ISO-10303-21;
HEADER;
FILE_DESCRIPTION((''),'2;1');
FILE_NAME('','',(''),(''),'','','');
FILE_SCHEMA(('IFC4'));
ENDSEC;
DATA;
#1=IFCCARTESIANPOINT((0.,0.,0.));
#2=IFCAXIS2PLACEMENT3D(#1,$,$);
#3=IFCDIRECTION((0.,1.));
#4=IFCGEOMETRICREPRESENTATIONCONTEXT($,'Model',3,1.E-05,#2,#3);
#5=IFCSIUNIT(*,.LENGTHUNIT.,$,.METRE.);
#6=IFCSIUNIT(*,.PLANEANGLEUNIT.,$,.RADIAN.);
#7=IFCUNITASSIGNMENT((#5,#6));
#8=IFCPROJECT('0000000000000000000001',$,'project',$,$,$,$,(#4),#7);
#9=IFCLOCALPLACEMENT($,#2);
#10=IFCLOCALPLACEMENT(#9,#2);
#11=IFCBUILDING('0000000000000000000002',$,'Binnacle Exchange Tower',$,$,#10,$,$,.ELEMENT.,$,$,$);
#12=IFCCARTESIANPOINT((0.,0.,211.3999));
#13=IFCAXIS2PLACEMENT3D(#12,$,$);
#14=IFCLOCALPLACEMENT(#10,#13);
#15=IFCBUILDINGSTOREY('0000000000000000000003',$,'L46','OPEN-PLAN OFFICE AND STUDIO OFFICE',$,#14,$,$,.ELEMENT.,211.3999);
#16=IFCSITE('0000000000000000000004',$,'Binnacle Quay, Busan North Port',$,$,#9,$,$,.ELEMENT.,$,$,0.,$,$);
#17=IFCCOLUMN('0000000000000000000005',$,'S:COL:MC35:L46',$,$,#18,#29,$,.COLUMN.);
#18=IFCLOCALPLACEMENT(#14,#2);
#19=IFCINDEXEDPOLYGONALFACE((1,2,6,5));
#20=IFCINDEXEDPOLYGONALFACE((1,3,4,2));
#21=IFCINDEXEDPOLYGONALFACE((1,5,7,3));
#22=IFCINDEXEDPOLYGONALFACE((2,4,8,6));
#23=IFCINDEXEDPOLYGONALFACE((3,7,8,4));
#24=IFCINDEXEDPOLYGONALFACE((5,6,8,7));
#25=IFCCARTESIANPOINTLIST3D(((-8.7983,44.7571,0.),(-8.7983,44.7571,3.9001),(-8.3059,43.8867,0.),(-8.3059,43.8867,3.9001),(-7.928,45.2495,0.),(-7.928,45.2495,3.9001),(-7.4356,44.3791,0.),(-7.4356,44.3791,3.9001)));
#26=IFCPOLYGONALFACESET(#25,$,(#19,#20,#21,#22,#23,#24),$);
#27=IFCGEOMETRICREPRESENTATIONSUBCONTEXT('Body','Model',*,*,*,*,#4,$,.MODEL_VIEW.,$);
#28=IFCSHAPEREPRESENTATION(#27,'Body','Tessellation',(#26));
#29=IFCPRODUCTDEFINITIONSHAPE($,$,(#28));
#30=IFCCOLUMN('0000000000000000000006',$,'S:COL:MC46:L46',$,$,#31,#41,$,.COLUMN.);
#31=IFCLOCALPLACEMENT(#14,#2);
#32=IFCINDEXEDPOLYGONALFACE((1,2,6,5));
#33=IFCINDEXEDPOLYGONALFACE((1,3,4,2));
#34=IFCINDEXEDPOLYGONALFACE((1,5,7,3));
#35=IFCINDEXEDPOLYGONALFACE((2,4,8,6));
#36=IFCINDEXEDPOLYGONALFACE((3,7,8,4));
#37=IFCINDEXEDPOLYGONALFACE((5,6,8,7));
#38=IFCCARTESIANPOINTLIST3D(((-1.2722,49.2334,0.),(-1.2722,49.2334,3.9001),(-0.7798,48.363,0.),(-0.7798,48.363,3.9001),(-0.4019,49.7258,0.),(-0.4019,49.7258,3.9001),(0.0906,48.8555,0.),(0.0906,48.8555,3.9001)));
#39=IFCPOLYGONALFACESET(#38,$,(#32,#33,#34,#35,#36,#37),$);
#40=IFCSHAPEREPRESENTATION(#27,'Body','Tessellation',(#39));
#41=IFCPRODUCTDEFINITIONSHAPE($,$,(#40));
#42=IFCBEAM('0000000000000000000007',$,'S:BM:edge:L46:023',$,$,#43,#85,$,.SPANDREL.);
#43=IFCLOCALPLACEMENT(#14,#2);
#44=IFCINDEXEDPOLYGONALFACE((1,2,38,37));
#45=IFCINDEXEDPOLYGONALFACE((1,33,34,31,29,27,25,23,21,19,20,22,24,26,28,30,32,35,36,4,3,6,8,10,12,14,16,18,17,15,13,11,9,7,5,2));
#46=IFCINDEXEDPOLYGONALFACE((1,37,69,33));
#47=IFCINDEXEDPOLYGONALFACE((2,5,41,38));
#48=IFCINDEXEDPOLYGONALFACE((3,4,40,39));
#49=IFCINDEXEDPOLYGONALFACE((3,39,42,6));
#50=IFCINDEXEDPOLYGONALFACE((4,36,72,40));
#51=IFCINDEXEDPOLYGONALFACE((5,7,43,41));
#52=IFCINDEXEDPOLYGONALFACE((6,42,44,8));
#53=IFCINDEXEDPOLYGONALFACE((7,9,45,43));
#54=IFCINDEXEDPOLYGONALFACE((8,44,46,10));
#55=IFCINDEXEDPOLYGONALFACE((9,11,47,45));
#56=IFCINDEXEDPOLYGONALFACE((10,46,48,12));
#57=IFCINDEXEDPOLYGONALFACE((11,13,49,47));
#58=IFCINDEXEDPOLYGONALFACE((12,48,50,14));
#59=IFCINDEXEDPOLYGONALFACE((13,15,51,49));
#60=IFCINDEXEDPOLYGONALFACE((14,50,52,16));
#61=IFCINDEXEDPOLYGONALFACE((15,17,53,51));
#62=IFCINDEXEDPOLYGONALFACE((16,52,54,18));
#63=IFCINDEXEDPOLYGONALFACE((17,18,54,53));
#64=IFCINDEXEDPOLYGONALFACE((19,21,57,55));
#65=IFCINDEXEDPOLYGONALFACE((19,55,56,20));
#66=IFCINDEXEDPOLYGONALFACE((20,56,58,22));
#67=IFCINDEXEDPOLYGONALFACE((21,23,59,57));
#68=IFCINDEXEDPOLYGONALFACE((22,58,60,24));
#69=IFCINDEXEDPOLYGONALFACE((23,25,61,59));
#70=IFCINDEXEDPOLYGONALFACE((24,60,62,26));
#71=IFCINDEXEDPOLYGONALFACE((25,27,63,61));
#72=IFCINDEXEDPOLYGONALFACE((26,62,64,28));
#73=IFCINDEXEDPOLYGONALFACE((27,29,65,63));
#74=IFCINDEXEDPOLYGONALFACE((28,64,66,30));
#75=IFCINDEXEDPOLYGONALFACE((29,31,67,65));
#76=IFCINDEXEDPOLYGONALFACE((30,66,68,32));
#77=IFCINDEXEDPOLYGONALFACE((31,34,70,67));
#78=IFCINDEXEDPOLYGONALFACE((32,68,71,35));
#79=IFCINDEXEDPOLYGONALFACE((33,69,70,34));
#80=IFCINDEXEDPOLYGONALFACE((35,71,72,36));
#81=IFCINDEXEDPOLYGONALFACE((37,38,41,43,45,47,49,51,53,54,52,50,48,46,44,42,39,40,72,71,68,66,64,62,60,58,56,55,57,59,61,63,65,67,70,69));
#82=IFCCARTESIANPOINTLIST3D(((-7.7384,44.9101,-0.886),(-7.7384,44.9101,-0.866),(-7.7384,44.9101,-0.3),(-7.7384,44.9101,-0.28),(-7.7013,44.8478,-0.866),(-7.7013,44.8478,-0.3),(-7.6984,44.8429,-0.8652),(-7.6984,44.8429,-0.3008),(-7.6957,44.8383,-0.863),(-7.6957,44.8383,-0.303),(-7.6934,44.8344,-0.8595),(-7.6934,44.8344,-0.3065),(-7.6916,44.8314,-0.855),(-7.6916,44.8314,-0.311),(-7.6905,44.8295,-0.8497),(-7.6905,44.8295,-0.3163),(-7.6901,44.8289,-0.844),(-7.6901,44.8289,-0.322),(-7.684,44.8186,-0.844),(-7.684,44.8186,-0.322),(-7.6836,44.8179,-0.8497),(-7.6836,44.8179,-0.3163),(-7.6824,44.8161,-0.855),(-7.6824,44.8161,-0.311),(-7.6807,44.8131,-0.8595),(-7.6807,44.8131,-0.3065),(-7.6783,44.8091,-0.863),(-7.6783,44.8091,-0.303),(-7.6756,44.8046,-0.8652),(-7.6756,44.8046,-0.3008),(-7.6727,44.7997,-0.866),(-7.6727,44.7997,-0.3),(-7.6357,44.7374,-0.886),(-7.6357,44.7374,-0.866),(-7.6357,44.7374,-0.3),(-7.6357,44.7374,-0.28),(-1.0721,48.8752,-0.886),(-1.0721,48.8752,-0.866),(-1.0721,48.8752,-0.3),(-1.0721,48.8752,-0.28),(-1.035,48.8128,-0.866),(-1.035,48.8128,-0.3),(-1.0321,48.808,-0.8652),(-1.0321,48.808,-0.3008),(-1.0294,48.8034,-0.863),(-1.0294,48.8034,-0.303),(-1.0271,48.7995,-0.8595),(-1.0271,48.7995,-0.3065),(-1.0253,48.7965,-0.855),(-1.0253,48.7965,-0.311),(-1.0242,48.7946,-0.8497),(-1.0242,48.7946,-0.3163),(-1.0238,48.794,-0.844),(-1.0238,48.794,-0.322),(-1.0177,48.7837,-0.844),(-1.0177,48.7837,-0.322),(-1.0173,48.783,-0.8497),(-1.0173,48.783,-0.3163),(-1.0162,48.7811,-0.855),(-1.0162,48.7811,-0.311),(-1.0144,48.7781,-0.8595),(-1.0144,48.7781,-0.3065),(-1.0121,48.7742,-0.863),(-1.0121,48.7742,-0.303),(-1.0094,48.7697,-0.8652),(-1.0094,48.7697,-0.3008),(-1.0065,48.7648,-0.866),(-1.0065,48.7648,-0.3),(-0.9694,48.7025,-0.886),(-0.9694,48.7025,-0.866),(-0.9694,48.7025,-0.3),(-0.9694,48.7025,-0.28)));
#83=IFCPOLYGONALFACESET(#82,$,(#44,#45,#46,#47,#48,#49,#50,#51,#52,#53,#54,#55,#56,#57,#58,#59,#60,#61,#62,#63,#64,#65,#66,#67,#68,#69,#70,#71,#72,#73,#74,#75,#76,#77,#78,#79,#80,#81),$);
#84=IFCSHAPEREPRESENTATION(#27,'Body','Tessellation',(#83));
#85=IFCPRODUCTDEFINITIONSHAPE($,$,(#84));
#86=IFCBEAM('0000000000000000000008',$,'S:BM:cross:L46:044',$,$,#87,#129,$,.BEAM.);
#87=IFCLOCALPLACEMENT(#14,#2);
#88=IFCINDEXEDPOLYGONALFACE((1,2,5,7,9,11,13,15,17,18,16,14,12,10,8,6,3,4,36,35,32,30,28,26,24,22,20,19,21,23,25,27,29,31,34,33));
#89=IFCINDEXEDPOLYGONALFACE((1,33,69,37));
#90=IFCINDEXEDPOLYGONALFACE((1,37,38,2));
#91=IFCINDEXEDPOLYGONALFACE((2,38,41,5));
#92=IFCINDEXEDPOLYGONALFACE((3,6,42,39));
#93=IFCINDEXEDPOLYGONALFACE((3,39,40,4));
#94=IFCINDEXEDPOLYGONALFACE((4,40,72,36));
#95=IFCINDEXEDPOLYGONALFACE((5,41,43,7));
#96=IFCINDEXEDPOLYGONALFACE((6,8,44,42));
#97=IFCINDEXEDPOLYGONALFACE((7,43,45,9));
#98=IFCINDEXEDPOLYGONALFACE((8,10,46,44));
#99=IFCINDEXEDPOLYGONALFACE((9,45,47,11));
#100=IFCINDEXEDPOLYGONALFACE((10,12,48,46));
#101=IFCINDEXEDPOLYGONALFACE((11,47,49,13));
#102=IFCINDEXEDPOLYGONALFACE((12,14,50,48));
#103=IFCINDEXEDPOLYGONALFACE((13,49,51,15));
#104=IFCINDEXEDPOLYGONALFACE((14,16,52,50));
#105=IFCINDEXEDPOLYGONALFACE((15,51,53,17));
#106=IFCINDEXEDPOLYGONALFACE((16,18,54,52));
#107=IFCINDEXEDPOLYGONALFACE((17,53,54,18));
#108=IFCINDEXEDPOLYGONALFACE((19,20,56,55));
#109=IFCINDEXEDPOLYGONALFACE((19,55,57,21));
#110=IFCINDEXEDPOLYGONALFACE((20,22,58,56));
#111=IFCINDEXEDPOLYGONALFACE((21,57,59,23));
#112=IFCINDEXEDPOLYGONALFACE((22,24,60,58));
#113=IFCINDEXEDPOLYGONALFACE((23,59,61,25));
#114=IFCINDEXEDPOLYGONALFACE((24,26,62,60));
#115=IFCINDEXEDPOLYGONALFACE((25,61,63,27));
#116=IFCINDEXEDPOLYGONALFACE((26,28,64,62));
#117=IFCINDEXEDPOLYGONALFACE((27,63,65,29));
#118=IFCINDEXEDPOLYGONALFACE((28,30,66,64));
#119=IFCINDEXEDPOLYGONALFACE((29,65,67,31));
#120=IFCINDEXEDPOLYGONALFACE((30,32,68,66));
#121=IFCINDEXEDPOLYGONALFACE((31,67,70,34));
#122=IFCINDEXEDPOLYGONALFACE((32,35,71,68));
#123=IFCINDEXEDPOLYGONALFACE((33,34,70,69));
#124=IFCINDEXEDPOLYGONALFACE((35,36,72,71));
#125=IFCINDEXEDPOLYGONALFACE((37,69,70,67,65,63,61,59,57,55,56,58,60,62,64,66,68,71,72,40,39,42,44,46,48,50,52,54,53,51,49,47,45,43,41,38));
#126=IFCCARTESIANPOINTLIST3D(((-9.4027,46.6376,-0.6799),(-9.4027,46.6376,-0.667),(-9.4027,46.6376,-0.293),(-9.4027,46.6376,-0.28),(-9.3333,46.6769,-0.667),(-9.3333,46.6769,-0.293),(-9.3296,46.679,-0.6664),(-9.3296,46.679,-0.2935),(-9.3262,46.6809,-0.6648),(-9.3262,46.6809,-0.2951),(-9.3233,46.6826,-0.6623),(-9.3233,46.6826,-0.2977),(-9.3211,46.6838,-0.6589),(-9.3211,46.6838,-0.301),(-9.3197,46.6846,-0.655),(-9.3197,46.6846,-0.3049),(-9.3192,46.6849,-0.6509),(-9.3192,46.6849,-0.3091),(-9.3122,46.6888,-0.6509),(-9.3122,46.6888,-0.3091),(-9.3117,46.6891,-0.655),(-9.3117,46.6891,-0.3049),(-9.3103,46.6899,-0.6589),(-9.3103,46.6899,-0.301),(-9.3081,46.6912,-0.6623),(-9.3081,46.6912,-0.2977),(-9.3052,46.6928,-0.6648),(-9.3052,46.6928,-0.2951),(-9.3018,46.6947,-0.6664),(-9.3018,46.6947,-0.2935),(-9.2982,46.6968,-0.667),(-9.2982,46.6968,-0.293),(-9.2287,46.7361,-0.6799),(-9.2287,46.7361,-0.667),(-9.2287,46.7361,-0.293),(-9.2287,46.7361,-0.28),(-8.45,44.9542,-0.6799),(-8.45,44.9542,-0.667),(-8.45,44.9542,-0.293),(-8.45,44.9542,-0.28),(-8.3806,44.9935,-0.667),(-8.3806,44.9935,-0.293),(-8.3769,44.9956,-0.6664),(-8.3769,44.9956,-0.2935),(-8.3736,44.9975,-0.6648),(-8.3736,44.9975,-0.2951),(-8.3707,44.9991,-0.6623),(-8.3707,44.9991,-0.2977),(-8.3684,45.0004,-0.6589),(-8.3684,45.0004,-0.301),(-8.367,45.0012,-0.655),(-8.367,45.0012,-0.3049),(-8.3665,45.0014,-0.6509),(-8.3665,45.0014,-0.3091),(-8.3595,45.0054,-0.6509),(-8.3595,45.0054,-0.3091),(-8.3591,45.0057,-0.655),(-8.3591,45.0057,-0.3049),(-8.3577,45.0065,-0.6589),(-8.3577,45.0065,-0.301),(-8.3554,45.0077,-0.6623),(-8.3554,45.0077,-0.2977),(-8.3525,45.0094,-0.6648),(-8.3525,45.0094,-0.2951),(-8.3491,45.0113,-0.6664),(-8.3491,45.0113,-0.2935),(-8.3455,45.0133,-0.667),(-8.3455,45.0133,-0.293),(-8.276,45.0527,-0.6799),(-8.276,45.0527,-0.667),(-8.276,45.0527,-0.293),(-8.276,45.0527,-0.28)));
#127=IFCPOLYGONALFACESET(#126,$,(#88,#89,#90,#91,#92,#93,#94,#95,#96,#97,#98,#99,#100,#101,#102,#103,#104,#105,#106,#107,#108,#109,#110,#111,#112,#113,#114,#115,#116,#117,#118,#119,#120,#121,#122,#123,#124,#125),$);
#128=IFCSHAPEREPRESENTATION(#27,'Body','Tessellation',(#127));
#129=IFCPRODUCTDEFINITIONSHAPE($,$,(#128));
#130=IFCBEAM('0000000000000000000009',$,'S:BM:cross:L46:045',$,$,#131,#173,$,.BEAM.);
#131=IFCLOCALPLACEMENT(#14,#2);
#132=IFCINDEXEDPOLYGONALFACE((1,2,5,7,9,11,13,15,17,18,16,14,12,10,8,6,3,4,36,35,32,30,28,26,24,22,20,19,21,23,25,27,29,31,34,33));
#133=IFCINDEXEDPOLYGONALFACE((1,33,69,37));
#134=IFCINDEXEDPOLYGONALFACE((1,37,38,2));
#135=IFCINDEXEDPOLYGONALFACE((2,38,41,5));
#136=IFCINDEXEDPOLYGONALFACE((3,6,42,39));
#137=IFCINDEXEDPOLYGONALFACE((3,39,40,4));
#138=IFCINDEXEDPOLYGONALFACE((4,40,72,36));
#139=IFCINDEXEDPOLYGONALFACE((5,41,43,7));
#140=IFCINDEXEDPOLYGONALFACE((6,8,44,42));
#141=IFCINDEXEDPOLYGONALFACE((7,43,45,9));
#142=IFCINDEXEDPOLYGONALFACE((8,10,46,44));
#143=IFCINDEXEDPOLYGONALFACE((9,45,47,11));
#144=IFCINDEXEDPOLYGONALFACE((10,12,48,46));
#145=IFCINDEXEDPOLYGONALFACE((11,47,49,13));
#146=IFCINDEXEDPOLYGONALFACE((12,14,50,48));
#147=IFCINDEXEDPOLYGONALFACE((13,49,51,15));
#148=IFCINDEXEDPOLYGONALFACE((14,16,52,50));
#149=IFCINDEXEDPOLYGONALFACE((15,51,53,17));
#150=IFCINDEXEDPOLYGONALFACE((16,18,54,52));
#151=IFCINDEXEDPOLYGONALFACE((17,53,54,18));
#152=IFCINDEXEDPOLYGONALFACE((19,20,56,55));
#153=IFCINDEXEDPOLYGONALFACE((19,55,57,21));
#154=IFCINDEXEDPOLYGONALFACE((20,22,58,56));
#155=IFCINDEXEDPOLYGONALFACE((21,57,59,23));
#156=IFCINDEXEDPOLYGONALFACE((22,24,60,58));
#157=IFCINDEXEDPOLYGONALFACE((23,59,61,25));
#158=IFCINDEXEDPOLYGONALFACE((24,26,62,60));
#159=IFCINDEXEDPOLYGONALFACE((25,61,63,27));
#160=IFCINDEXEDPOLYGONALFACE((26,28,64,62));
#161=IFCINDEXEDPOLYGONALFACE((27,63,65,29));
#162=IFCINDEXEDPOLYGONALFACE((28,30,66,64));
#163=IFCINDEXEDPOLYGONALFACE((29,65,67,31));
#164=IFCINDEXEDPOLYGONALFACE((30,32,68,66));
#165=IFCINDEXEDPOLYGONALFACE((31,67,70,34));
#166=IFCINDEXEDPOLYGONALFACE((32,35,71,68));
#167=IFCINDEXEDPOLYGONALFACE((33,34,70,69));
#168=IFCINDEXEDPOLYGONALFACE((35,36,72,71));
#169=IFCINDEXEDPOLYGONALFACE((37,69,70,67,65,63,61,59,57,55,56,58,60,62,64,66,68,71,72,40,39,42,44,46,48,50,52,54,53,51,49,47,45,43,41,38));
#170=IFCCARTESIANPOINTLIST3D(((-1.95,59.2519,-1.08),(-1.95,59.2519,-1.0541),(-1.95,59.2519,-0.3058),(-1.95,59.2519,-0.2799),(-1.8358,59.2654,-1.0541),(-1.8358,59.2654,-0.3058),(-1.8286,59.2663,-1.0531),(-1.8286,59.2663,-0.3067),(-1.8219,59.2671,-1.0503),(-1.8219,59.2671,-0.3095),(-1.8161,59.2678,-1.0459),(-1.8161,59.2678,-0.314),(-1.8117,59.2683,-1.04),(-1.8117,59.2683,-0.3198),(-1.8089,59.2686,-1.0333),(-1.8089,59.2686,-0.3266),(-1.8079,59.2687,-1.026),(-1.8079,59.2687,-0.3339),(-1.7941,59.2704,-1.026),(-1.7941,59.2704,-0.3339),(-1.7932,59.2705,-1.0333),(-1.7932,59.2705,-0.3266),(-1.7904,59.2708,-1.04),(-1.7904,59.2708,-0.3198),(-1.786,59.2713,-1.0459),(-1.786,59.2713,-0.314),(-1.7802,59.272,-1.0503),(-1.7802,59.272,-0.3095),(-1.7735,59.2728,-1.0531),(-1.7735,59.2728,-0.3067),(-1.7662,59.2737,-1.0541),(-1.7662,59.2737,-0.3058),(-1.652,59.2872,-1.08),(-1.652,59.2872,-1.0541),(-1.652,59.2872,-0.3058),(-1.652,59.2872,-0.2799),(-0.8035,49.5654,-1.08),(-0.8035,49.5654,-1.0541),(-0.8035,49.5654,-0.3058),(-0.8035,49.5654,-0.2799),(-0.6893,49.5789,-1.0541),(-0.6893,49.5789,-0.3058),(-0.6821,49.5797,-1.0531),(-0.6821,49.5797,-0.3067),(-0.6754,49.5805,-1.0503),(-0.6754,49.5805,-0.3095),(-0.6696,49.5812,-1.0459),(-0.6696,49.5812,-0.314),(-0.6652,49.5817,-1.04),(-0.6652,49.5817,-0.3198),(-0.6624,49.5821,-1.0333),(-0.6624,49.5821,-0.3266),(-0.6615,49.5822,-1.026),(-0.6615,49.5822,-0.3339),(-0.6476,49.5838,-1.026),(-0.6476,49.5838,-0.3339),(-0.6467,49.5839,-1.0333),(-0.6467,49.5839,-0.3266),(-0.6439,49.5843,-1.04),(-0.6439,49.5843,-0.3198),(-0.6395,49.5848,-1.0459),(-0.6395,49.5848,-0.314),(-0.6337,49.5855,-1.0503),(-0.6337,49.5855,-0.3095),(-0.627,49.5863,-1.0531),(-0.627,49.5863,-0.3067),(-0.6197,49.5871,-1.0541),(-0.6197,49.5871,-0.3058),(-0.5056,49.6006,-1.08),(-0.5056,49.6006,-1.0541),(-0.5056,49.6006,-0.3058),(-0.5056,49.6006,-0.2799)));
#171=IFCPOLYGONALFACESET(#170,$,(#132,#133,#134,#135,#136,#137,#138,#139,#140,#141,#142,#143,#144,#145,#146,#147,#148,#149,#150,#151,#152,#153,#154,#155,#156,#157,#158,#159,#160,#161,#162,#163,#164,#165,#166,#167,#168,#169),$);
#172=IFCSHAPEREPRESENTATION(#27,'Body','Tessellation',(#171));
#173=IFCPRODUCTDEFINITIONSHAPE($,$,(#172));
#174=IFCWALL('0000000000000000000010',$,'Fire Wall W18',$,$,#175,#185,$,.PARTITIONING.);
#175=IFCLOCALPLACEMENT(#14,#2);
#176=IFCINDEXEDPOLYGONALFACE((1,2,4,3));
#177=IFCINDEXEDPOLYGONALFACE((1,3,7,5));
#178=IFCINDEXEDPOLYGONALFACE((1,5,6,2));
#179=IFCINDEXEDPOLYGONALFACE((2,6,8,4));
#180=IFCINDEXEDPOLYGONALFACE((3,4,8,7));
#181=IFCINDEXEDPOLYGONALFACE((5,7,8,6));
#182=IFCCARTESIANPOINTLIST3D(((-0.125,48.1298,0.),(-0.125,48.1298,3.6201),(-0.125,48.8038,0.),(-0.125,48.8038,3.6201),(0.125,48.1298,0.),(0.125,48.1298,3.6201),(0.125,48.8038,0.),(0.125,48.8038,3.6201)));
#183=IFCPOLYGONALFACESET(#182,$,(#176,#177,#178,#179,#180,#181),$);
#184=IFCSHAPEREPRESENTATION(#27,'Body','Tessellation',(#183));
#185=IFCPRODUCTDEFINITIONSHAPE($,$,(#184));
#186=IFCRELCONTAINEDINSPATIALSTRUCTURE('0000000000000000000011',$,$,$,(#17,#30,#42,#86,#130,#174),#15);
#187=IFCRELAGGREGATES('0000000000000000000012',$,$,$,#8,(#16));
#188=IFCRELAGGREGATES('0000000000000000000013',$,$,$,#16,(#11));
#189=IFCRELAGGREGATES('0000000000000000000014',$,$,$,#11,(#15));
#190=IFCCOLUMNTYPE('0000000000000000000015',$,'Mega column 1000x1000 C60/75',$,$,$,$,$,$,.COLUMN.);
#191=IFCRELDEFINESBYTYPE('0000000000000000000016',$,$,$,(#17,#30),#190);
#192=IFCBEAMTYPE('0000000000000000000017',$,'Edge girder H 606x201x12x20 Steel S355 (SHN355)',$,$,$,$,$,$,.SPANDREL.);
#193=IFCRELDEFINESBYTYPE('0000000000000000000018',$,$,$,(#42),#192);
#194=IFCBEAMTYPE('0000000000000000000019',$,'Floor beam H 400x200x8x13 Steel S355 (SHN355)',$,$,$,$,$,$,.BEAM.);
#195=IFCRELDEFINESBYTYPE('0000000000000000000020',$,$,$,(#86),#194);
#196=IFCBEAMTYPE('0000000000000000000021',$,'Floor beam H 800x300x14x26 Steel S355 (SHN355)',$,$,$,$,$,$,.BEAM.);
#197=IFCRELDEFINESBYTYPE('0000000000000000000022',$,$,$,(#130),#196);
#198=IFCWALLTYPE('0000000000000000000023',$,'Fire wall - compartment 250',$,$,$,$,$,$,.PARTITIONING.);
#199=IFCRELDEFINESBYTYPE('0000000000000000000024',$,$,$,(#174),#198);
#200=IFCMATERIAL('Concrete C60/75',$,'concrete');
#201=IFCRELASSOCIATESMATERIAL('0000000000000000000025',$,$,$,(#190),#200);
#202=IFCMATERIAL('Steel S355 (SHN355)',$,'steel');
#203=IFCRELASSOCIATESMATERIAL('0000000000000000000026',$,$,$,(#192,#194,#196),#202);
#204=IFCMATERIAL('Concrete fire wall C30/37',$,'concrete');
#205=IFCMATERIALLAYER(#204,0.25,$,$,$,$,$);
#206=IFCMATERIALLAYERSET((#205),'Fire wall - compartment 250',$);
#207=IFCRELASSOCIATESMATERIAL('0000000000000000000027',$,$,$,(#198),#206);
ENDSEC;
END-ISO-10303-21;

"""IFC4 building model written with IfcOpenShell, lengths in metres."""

from ifc_helpers import new_model, si_unit, direction, frame, frame_2d, origin, origin_2d, place, context, subcontext, project, spatial, rectangle, i_section, extrude, material, layer, layer_set, material_profile, profile_set, type_object, element, save


model = new_model("IFC4")

# Units and contexts
model_context = context("Model", 3, precision=1e-05, world=origin(), true_north=direction((0.0, 1.0)))
body_context = subcontext(model_context, "Body", "Model", "MODEL_VIEW")
ifc_project = project(units=[si_unit("LENGTHUNIT", "METRE"), si_unit("PLANEANGLEUNIT", "RADIAN")], contexts=[model_context])

# Site, building, storey
site_placement = place(None, origin())
site = spatial("IfcSite", under=ifc_project, at=site_placement, Name="Binnacle Quay, Busan North Port", CompositionType="ELEMENT", RefElevation=0.0)
building_placement = place(site_placement, origin())
building = spatial("IfcBuilding", under=site, at=building_placement, Name="Binnacle Exchange Tower", CompositionType="ELEMENT")
storey_placement = place(building_placement, frame((0.0, 0.0, 211.3999)))
storey = spatial("IfcBuildingStorey", under=building, at=storey_placement, Name="L46", Description="OPEN-PLAN OFFICE AND STUDIO OFFICE", CompositionType="ELEMENT", Elevation=211.3999)

# Columns
ifc_material_1 = material(Name="Concrete C60/75", Category="concrete")
ifc_material_profile_1 = material_profile(ifc_material_1, rectangle(XDim=1.0, YDim=1.0, at=origin_2d()), Name="Mega column 1000x1000 C60/75")
ifc_profile_set_1 = profile_set([ifc_material_profile_1], Name="Concrete C60/75")
column_type = type_object("IfcColumnType", Name="Mega column 1000x1000 C60/75", PredefinedType="COLUMN", material=ifc_profile_set_1)
for number, where, z_axis, x_axis, name in (
    (1, (-8.1169, 44.5681, 0.0), (0.0, 0.0, 1.0), (0.870356, 0.492424, 0.0), "S:COL:MC35:L46"),
    (2, (-0.5908, 49.0444, 0.0), (0.0, 0.0, 1.0), (0.870356, 0.492424, 0.0), "S:COL:MC46:L46"),
):
    element("IfcColumn", number, at=place(storey_placement, frame(where, z_axis=z_axis, x_axis=x_axis)), inside=storey, type_object=column_type, Name=name, PredefinedType="COLUMN", context=body_context, shape_type="SweptSolid", body=[
        extrude(rectangle(XDim=1.0, YDim=1.0, at=origin_2d()), origin(), (0.0, 0.0, 1.0), 3.9001),
    ])

# Beams
ifc_material_2 = material(Name="Steel S355 (SHN355)", Category="steel")
ifc_material_profile_2 = material_profile(ifc_material_2, i_section(OverallWidth=0.2009, OverallDepth=0.606, WebThickness=0.012, FlangeThickness=0.02, FilletRadius=0.022, at=origin_2d()), Name="H 606x201x12x20")
ifc_profile_set_2 = profile_set([ifc_material_profile_2], Name="Steel S355 (SHN355)")
beam_type_1 = type_object("IfcBeamType", Name="Edge girder H 606x201x12x20 Steel S355 (SHN355)", PredefinedType="SPANDREL", material=ifc_profile_set_2)
beam_1_placement = place(storey_placement, frame((-7.687, 44.8237, -0.583), z_axis=(0.859459, 0.511205, 0.0), x_axis=(-0.511205, 0.859459, 0.0)))
element("IfcBeam", 3, at=beam_1_placement, inside=storey, type_object=beam_type_1, Name="S:BM:edge:L46:023", PredefinedType="SPANDREL", context=body_context, shape_type="SweptSolid", body=[
    extrude(i_section(OverallWidth=0.2009, OverallDepth=0.606, WebThickness=0.012, FlangeThickness=0.02, FilletRadius=0.022, at=origin_2d()), origin(), (0.0, 0.0, 1.0), 7.7563),
])
ifc_material_profile_3 = material_profile(ifc_material_2, i_section(OverallWidth=0.2, OverallDepth=0.3999, WebThickness=0.0081, FlangeThickness=0.0129, FilletRadius=0.0161, at=origin_2d()), Name="H 400x200x8x13")
ifc_profile_set_3 = profile_set([ifc_material_profile_3], Name="Steel S355 (SHN355)")
beam_type_2 = type_object("IfcBeamType", Name="Floor beam H 400x200x8x13 Steel S355 (SHN355)", PredefinedType="BEAM", material=ifc_profile_set_3)
beam_2_placement = place(storey_placement, frame((-8.363, 45.0034, -0.48), z_axis=(-0.492519, 0.870302, 0.0), x_axis=(-0.870302, -0.492519, 0.0)))
element("IfcBeam", 4, at=beam_2_placement, inside=storey, type_object=beam_type_2, Name="S:BM:cross:L46:044", PredefinedType="BEAM", context=body_context, shape_type="SweptSolid", body=[
    extrude(i_section(OverallWidth=0.2, OverallDepth=0.3999, WebThickness=0.0081, FlangeThickness=0.0129, FilletRadius=0.0161, at=origin_2d()), origin(), (0.0, 0.0, 1.0), 1.9343),
])
ifc_material_profile_4 = material_profile(ifc_material_2, i_section(OverallWidth=0.3, OverallDepth=0.8, WebThickness=0.0139, FlangeThickness=0.0259, FilletRadius=0.0281, at=origin_2d()), Name="H 800x300x14x26")
ifc_profile_set_4 = profile_set([ifc_material_profile_4], Name="Steel S355 (SHN355)")
beam_type_3 = type_object("IfcBeamType", Name="Floor beam H 800x300x14x26 Steel S355 (SHN355)", PredefinedType="BEAM", material=ifc_profile_set_4)
beam_3_placement = place(storey_placement, frame((-0.6545, 49.583, -0.6799), z_axis=(-0.117538, 0.993068, 0.0), x_axis=(-0.993068, -0.117538, 0.0)))
element("IfcBeam", 5, at=beam_3_placement, inside=storey, type_object=beam_type_3, Name="S:BM:cross:L46:045", PredefinedType="BEAM", context=body_context, shape_type="SweptSolid", body=[
    extrude(i_section(OverallWidth=0.3, OverallDepth=0.8, WebThickness=0.0139, FlangeThickness=0.0259, FilletRadius=0.0281, at=origin_2d()), origin(), (0.0, 0.0, 1.0), 9.7542),
])

# Wall
ifc_material_3 = material(Name="Concrete fire wall C30/37", Category="concrete")
ifc_layer_1 = layer(ifc_material_3, 0.25)
ifc_layer_set_1 = layer_set([ifc_layer_1], Name="Fire wall - compartment 250")
wall_type_1 = type_object("IfcWallType", Name="Fire wall - compartment 250", PredefinedType="PARTITIONING", material=ifc_layer_set_1)
wall_1_placement = place(storey_placement, frame((0.0, 48.1299, 0.0), z_axis=(0.0, 0.0, 1.0), x_axis=(0.0, 1.0, 0.0)))
element("IfcWall", 6, at=wall_1_placement, inside=storey, type_object=wall_type_1, Name="Fire Wall W18", PredefinedType="PARTITIONING", context=body_context, shape_type="SweptSolid", body=[
    extrude(rectangle(XDim=0.6741, YDim=0.25, at=frame_2d((0.3369, 0.0))), origin(), (0.0, 0.0, 1.0), 3.6201),
])

save(model, "model.ifc")
